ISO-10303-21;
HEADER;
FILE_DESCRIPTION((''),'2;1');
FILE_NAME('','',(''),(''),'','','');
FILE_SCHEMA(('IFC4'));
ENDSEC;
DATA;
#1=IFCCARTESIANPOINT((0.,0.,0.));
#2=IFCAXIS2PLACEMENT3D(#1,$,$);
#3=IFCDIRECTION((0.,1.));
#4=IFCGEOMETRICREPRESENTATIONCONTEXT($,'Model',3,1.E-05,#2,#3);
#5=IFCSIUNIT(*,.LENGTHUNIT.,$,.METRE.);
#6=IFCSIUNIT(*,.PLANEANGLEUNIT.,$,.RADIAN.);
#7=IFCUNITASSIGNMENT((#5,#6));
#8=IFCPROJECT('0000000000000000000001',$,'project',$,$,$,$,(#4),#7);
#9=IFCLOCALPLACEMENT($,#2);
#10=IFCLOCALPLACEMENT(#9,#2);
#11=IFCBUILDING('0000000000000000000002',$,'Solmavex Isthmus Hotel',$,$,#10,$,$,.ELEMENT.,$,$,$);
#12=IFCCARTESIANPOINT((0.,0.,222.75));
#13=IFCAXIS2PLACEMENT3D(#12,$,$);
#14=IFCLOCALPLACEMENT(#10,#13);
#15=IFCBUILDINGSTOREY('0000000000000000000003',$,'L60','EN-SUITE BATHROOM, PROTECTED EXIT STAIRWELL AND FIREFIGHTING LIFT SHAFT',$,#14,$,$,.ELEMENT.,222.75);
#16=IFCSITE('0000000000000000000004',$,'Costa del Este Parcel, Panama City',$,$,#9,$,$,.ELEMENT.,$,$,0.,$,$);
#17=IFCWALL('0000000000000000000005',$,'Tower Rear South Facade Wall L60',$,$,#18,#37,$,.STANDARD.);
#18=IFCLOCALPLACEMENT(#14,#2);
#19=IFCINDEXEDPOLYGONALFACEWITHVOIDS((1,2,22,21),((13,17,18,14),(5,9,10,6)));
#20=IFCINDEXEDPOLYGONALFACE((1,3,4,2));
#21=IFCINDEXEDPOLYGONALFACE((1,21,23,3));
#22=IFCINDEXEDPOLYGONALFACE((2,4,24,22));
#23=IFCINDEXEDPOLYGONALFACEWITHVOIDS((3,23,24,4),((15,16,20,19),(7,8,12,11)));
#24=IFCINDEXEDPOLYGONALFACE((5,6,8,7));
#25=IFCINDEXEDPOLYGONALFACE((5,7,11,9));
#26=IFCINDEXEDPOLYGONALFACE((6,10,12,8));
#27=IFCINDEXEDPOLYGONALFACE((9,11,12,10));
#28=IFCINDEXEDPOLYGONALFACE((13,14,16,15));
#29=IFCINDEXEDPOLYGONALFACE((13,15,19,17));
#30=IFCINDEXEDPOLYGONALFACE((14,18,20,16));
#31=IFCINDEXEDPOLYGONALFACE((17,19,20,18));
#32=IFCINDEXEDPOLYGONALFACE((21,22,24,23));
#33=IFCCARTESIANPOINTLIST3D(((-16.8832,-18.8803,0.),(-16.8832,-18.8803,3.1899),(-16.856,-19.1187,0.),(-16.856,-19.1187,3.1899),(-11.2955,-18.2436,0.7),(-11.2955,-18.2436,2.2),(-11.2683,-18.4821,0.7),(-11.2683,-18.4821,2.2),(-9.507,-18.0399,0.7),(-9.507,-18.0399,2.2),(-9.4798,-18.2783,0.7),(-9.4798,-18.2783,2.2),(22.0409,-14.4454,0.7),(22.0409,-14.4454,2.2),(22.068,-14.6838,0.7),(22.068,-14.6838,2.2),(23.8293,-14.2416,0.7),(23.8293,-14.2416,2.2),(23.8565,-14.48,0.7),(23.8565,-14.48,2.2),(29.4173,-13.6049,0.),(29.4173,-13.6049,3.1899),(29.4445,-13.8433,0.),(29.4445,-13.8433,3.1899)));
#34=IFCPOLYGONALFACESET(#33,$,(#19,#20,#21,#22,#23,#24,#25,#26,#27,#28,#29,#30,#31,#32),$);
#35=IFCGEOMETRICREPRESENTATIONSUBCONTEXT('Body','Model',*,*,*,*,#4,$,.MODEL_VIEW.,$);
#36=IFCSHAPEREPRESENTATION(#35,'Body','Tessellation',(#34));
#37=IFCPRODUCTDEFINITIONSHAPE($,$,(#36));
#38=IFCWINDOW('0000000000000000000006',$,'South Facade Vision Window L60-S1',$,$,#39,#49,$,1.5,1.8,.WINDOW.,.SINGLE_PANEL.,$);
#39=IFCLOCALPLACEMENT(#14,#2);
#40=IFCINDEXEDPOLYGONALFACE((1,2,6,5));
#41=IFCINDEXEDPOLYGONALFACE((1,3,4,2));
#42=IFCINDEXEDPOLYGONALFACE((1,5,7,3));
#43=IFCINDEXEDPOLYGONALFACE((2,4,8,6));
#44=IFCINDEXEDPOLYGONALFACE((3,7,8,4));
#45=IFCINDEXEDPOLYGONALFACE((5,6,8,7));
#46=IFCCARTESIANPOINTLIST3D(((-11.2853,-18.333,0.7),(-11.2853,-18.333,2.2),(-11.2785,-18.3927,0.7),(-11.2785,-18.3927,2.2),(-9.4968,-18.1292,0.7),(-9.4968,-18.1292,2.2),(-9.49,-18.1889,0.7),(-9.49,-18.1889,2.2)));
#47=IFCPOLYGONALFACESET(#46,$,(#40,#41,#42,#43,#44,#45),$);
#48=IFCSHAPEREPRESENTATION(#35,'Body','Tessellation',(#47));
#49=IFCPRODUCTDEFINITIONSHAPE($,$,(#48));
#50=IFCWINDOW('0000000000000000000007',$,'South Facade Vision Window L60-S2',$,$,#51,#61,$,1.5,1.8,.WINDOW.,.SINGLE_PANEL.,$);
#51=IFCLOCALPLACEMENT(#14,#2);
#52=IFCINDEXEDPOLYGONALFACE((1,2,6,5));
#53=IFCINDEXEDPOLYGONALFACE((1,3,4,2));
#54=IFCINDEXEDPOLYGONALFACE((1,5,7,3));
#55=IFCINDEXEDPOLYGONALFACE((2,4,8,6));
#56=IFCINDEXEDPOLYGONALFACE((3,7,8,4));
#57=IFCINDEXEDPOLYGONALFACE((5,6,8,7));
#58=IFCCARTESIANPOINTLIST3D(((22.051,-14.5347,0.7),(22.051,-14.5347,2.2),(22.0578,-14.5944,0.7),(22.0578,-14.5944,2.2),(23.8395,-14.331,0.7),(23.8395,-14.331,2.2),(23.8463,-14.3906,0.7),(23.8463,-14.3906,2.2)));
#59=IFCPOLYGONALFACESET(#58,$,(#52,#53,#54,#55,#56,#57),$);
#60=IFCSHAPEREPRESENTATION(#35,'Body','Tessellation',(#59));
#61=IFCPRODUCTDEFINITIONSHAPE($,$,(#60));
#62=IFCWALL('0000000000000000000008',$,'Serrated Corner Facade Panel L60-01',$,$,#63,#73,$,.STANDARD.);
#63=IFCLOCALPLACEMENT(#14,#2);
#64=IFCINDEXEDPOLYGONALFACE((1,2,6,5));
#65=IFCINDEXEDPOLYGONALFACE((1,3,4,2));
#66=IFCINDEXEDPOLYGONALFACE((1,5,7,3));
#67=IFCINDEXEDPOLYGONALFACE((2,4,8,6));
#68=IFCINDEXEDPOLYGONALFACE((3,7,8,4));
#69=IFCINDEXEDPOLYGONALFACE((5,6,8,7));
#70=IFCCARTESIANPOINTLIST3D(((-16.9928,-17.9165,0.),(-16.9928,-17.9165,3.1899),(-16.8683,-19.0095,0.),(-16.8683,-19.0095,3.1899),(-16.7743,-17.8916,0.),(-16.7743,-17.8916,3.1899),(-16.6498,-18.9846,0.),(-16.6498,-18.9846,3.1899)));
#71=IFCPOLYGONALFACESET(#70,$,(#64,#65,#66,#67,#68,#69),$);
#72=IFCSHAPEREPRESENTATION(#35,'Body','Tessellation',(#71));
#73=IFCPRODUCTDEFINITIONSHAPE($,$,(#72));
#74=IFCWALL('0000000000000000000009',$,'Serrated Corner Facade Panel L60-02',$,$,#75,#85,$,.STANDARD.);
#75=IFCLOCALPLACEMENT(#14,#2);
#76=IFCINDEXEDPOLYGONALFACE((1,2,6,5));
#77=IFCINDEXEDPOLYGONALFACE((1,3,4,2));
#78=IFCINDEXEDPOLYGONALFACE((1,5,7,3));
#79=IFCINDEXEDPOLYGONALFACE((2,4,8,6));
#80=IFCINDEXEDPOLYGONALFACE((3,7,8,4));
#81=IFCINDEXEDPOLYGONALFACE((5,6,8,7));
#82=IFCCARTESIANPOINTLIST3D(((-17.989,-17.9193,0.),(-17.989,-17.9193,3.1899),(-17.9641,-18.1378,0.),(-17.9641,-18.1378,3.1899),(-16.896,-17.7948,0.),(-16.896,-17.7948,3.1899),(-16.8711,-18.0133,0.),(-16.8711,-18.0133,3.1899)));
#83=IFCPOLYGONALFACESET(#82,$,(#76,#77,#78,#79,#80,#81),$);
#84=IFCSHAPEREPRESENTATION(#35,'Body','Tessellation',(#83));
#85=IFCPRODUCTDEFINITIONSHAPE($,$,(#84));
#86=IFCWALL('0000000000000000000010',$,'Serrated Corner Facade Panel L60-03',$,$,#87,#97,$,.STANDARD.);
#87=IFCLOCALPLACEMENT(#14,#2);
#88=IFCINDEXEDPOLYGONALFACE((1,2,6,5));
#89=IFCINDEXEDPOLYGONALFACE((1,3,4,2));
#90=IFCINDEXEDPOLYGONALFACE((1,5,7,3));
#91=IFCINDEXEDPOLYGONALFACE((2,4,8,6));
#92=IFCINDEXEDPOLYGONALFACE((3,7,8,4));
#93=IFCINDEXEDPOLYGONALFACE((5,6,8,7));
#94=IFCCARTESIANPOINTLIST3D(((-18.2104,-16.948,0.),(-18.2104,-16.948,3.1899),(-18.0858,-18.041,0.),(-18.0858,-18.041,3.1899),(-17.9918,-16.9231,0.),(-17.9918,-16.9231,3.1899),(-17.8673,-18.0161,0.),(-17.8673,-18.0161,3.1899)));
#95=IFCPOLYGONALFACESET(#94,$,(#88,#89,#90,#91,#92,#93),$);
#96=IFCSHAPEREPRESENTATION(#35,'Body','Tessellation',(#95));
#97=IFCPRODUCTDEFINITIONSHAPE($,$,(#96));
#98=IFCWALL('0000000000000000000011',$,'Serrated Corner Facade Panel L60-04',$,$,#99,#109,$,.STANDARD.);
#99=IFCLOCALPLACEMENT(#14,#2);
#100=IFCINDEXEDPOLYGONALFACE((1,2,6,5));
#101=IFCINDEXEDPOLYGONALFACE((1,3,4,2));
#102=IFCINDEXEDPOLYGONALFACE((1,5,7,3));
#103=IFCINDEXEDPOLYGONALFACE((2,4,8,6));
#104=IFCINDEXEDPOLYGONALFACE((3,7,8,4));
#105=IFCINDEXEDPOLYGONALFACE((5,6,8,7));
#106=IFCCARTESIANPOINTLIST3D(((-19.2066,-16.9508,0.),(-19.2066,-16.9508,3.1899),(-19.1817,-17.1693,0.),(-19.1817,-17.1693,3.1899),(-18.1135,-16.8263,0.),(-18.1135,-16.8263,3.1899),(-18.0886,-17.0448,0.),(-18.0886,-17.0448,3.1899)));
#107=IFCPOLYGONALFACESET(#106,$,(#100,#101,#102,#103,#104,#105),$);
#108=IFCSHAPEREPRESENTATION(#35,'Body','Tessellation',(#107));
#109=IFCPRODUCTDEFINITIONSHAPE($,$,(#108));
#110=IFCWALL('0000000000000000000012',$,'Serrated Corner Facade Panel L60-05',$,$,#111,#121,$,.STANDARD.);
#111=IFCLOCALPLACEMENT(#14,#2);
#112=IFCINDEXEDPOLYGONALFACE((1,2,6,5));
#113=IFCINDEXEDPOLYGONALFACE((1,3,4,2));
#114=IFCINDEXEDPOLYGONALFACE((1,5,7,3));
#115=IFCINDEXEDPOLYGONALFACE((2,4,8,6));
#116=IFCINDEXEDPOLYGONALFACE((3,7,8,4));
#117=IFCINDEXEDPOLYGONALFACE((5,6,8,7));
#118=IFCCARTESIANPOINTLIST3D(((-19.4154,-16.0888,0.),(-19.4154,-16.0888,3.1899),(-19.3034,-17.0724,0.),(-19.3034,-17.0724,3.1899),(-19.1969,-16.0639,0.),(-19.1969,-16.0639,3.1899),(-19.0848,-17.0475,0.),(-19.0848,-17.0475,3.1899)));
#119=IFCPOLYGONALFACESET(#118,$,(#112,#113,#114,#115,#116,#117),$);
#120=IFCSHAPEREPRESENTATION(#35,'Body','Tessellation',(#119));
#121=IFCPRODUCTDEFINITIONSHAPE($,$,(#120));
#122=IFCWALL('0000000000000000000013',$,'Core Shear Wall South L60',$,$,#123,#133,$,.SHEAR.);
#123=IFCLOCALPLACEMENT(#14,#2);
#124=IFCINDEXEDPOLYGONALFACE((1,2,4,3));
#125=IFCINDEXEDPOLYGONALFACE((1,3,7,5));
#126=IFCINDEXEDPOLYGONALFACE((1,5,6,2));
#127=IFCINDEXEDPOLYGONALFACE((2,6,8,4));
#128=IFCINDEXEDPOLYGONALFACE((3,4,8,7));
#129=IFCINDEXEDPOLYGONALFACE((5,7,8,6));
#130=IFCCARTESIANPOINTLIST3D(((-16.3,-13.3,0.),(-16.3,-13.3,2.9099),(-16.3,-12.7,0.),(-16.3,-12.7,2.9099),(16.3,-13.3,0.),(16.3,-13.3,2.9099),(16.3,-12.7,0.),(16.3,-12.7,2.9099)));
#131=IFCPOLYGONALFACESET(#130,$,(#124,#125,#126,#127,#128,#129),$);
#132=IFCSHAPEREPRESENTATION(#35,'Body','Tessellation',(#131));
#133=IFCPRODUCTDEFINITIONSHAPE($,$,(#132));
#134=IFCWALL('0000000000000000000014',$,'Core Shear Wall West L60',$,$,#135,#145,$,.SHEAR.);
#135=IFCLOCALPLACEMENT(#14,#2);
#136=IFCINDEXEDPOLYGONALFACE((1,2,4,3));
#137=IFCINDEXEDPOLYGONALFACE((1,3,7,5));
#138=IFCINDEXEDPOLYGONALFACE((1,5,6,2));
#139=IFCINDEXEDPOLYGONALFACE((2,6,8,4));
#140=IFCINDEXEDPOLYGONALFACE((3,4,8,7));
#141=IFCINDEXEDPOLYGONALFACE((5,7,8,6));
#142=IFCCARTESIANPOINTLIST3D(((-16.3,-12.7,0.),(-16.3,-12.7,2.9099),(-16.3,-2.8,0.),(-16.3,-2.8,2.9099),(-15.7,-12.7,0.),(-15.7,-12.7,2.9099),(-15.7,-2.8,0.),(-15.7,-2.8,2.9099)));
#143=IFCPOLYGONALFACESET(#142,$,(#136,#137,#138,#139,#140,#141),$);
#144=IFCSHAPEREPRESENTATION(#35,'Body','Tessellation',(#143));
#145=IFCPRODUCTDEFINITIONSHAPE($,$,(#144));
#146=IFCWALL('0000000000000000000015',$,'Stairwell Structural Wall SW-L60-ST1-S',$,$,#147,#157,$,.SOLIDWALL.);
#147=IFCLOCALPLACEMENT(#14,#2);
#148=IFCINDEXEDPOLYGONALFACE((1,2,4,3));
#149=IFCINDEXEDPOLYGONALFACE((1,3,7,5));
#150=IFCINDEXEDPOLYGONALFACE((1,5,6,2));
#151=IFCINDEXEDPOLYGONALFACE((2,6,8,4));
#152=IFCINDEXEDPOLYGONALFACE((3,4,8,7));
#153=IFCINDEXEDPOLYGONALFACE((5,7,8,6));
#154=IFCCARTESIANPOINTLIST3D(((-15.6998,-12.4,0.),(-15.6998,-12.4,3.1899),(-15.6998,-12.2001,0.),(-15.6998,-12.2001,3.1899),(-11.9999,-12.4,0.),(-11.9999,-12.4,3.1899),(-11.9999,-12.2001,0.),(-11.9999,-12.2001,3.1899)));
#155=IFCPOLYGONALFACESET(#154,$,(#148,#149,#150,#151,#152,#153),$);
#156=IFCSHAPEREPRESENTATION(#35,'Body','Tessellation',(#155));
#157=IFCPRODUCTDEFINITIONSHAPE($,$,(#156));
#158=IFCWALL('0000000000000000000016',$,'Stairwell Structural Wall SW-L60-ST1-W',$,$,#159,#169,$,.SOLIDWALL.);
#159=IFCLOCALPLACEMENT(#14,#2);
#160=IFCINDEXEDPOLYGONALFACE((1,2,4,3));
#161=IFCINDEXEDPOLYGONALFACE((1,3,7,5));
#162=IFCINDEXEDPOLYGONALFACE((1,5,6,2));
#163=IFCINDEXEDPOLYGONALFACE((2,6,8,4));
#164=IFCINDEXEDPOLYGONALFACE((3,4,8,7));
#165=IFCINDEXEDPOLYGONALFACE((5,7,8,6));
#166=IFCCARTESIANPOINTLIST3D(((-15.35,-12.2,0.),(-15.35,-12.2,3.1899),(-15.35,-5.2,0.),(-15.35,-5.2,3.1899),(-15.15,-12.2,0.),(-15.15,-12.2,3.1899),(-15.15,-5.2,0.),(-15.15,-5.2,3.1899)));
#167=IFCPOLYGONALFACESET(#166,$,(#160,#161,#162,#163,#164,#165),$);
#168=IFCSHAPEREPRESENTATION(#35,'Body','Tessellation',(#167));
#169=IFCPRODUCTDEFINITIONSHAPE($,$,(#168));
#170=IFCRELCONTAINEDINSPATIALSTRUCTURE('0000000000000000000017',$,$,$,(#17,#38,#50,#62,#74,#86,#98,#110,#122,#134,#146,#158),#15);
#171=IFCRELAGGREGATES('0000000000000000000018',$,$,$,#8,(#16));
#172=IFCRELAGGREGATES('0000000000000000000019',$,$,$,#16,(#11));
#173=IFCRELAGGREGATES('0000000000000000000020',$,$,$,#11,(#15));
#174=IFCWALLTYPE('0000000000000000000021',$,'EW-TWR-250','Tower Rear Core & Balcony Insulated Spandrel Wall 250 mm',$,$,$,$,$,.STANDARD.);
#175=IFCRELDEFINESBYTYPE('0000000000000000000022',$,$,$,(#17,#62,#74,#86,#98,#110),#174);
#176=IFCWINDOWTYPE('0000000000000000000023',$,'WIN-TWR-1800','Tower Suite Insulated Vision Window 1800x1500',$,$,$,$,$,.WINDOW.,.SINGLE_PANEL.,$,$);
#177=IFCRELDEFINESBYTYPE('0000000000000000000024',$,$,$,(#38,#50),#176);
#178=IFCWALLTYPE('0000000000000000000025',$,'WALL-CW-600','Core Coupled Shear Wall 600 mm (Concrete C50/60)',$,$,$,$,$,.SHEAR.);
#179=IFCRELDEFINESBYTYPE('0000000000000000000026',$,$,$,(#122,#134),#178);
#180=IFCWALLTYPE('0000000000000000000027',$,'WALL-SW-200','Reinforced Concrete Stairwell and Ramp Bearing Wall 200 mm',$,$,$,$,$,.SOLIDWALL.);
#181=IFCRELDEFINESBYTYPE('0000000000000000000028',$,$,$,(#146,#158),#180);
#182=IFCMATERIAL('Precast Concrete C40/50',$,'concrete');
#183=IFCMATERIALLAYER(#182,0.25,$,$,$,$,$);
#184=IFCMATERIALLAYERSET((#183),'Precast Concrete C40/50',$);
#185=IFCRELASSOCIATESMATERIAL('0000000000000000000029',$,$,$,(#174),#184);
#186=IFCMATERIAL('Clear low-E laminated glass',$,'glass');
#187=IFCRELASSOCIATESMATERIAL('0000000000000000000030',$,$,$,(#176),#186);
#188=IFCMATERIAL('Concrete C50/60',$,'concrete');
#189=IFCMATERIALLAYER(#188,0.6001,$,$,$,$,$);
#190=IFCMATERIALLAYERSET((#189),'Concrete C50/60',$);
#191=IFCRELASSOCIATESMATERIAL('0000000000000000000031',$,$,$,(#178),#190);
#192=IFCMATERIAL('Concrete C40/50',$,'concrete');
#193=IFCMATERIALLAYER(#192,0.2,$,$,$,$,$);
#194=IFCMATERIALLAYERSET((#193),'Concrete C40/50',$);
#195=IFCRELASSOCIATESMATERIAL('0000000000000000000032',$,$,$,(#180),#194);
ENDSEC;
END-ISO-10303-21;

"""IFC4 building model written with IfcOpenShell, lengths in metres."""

from ifc_helpers import new_model, si_unit, direction, frame, frame_2d, origin, place, context, subcontext, project, spatial, rectangle, extrude, material, layer, layer_set, type_object, element, fill, save


model = new_model("IFC4")

# Units and contexts
model_context = context("Model", 3, precision=1e-05, world=origin(), true_north=direction((0.0, 1.0)))
body_context = subcontext(model_context, "Body", "Model", "MODEL_VIEW")
ifc_project = project(units=[si_unit("LENGTHUNIT", "METRE"), si_unit("PLANEANGLEUNIT", "RADIAN")], contexts=[model_context])

# Site, building, storey
site_placement = place(None, origin())
site = spatial("IfcSite", under=ifc_project, at=site_placement, Name="Costa del Este Parcel, Panama City", CompositionType="ELEMENT", RefElevation=0.0)
building_placement = place(site_placement, origin())
building = spatial("IfcBuilding", under=site, at=building_placement, Name="Solmavex Isthmus Hotel", CompositionType="ELEMENT")
storey_placement = place(building_placement, frame((0.0, 0.0, 222.75)))
storey = spatial("IfcBuildingStorey", under=building, at=storey_placement, Name="L60", Description="EN-SUITE BATHROOM, PROTECTED EXIT STAIRWELL AND FIREFIGHTING LIFT SHAFT", CompositionType="ELEMENT", Elevation=222.75)

# Shared definitions
ifc_material_1 = material(Name="Concrete C50/60", Category="concrete")

# Shared definitions
ifc_material_2 = material(Name="Clear low-E laminated glass", Category="glass")

# Wall, openings, windows
ifc_material_3 = material(Name="Precast Concrete C40/50", Category="concrete")
ifc_layer_1 = layer(ifc_material_3, 0.25)
ifc_layer_set_1 = layer_set([ifc_layer_1], Name="Precast Concrete C40/50")
wall_type_1 = type_object("IfcWallType", Name="EW-TWR-250", Description="Tower Rear Core & Balcony Insulated Spandrel Wall 250 mm", PredefinedType="STANDARD", material=ifc_layer_set_1)
wall_1_placement = place(storey_placement, frame((-16.8696, -18.9995, 0.0), z_axis=(0.0, 0.0, 1.0), x_axis=(0.993572, 0.113206, 0.0)))
wall_1 = element("IfcWall", 1, at=wall_1_placement, inside=storey, type_object=wall_type_1, Name="Tower Rear South Facade Wall L60", PredefinedType="STANDARD", context=body_context, shape_type="SweptSolid", body=[
    extrude(rectangle(XDim=46.6001, YDim=0.24, at=frame_2d((23.3, 0.0))), origin(), (0.0, 0.0, 1.0), 3.1899),
])
opening_1_placement = place(wall_1_placement, frame((5.624, 0.0, 0.7)))
opening_1 = element("IfcOpeningElement", 2, at=opening_1_placement, cuts=wall_1, PredefinedType="OPENING", context=body_context, shape_type="SweptSolid", body=[
    extrude(rectangle(XDim=1.8, YDim=1.5, at=frame_2d((0.8999, 0.75))), frame((0.0, 0.1299, 0.0), z_axis=(0.0, -1.0, 0.0), x_axis=(1.0, 0.0, 0.0)), (0.0, 0.0, 1.0), 0.26),
])
opening_2_placement = place(wall_1_placement, frame((39.176, 0.0, 0.7)))
opening_2 = element("IfcOpeningElement", 3, at=opening_2_placement, cuts=wall_1, PredefinedType="OPENING", context=body_context, shape_type="SweptSolid", body=[
    extrude(rectangle(XDim=1.8, YDim=1.5, at=frame_2d((0.8999, 0.75))), frame((0.0, 0.1299, 0.0), z_axis=(0.0, -1.0, 0.0), x_axis=(1.0, 0.0, 0.0)), (0.0, 0.0, 1.0), 0.26),
])
window_type = type_object("IfcWindowType", Name="WIN-TWR-1800", Description="Tower Suite Insulated Vision Window 1800x1500", PartitioningType="SINGLE_PANEL", PredefinedType="WINDOW", material=ifc_material_2)
window_1_placement = place(opening_1_placement, origin())
window_1 = element("IfcWindow", 4, at=window_1_placement, inside=storey, type_object=window_type, Name="South Facade Vision Window L60-S1", OverallHeight=1.5, OverallWidth=1.8, PartitioningType="SINGLE_PANEL", PredefinedType="WINDOW", context=body_context, shape_type="SweptSolid", body=[
    extrude(rectangle(XDim=1.8, YDim=1.5, at=frame_2d((0.8999, 0.75))), frame((0.0, 0.03, 0.0), z_axis=(0.0, -1.0, 0.0), x_axis=(1.0, 0.0, 0.0)), (0.0, 0.0, 1.0), 0.0601),
])
fill(opening_1, window_1)
window_2_placement = place(opening_2_placement, origin())
window_2 = element("IfcWindow", 5, at=window_2_placement, inside=storey, type_object=window_type, Name="South Facade Vision Window L60-S2", OverallHeight=1.5, OverallWidth=1.8, PartitioningType="SINGLE_PANEL", PredefinedType="WINDOW", context=body_context, shape_type="SweptSolid", body=[
    extrude(rectangle(XDim=1.8, YDim=1.5, at=frame_2d((0.8999, 0.75))), frame((0.0, 0.03, 0.0), z_axis=(0.0, -1.0, 0.0), x_axis=(1.0, 0.0, 0.0)), (0.0, 0.0, 1.0), 0.0601),
])
fill(opening_2, window_2)

# Walls
for number, where, z_axis, x_axis, name in (
    (6, (-16.759, -18.9971, 0.0), (0.0, 0.0, 1.0), (-0.113184, 0.993574, 0.0), "Serrated Corner Facade Panel L60-01"),
    (7, (-16.8835, -17.9041, 0.0), (0.0, 0.0, 1.0), (-0.993574, -0.113184, 0.0), "Serrated Corner Facade Panel L60-02"),
    (8, (-17.9766, -18.0286, 0.0), (0.0, 0.0, 1.0), (-0.113184, 0.993574, 0.0), "Serrated Corner Facade Panel L60-03"),
    (9, (-18.1011, -16.9355, 0.0), (0.0, 0.0, 1.0), (-0.993574, -0.113184, 0.0), "Serrated Corner Facade Panel L60-04"),
):
    element("IfcWall", number, at=place(storey_placement, frame(where, z_axis=z_axis, x_axis=x_axis)), inside=storey, type_object=wall_type_1, Name=name, PredefinedType="STANDARD", context=body_context, shape_type="SweptSolid", body=[
        extrude(rectangle(XDim=1.1001, YDim=0.22, at=frame_2d((0.55, 0.0))), origin(), (0.0, 0.0, 1.0), 3.1899),
    ])
wall_2_placement = place(storey_placement, frame((-19.1941, -17.0601, 0.0), z_axis=(0.0, 0.0, 1.0), x_axis=(-0.113192, 0.993573, 0.0)))
element("IfcWall", 10, at=wall_2_placement, inside=storey, type_object=wall_type_1, Name="Serrated Corner Facade Panel L60-05", PredefinedType="STANDARD", context=body_context, shape_type="SweptSolid", body=[
    extrude(rectangle(XDim=0.99, YDim=0.22, at=frame_2d((0.4951, 0.0))), origin(), (0.0, 0.0, 1.0), 3.1899),
])
ifc_layer_2 = layer(ifc_material_1, 0.6001)
ifc_layer_set_2 = layer_set([ifc_layer_2], Name="Concrete C50/60")
wall_type_2 = type_object("IfcWallType", Name="WALL-CW-600", Description="Core Coupled Shear Wall 600 mm (Concrete C50/60)", PredefinedType="SHEAR", material=ifc_layer_set_2)
wall_3_placement = place(storey_placement, frame((-16.3, -13.0, 0.0), z_axis=(0.0, 0.0, 1.0), x_axis=(1.0, 0.0, 0.0)))
element("IfcWall", 11, at=wall_3_placement, inside=storey, type_object=wall_type_2, Name="Core Shear Wall South L60", PredefinedType="SHEAR", context=body_context, shape_type="SweptSolid", body=[
    extrude(rectangle(XDim=32.6001, YDim=0.6001, at=frame_2d((16.3, 0.0))), origin(), (0.0, 0.0, 1.0), 2.9099),
])
wall_4_placement = place(storey_placement, frame((-16.0, -12.7, 0.0), z_axis=(0.0, 0.0, 1.0), x_axis=(0.0, 1.0, 0.0)))
element("IfcWall", 12, at=wall_4_placement, inside=storey, type_object=wall_type_2, Name="Core Shear Wall West L60", PredefinedType="SHEAR", context=body_context, shape_type="SweptSolid", body=[
    extrude(rectangle(XDim=9.8999, YDim=0.6001, at=frame_2d((4.95, 0.0))), origin(), (0.0, 0.0, 1.0), 2.9099),
])
ifc_material_4 = material(Name="Concrete C40/50", Category="concrete")
ifc_layer_3 = layer(ifc_material_4, 0.2)
ifc_layer_set_3 = layer_set([ifc_layer_3], Name="Concrete C40/50")
wall_type_3 = type_object("IfcWallType", Name="WALL-SW-200", Description="Reinforced Concrete Stairwell and Ramp Bearing Wall 200 mm", PredefinedType="SOLIDWALL", material=ifc_layer_set_3)
wall_5_placement = place(storey_placement, frame((-15.7, -12.3, 0.0), z_axis=(0.0, 0.0, 1.0), x_axis=(1.0, 0.0, 0.0)))
element("IfcWall", 13, at=wall_5_placement, inside=storey, type_object=wall_type_3, Name="Stairwell Structural Wall SW-L60-ST1-S", PredefinedType="SOLIDWALL", context=body_context, shape_type="SweptSolid", body=[
    extrude(rectangle(XDim=3.7, YDim=0.2, at=frame_2d((1.8501, 0.0))), origin(), (0.0, 0.0, 1.0), 3.1899),
])
wall_6_placement = place(storey_placement, frame((-15.25, -12.2, 0.0), z_axis=(0.0, 0.0, 1.0), x_axis=(0.0, 1.0, 0.0)))
element("IfcWall", 14, at=wall_6_placement, inside=storey, type_object=wall_type_3, Name="Stairwell Structural Wall SW-L60-ST1-W", PredefinedType="SOLIDWALL", context=body_context, shape_type="SweptSolid", body=[
    extrude(rectangle(XDim=7.0, YDim=0.2, at=frame_2d((3.5, 0.0))), origin(), (0.0, 0.0, 1.0), 3.1899),
])

save(model, "model.ifc")
